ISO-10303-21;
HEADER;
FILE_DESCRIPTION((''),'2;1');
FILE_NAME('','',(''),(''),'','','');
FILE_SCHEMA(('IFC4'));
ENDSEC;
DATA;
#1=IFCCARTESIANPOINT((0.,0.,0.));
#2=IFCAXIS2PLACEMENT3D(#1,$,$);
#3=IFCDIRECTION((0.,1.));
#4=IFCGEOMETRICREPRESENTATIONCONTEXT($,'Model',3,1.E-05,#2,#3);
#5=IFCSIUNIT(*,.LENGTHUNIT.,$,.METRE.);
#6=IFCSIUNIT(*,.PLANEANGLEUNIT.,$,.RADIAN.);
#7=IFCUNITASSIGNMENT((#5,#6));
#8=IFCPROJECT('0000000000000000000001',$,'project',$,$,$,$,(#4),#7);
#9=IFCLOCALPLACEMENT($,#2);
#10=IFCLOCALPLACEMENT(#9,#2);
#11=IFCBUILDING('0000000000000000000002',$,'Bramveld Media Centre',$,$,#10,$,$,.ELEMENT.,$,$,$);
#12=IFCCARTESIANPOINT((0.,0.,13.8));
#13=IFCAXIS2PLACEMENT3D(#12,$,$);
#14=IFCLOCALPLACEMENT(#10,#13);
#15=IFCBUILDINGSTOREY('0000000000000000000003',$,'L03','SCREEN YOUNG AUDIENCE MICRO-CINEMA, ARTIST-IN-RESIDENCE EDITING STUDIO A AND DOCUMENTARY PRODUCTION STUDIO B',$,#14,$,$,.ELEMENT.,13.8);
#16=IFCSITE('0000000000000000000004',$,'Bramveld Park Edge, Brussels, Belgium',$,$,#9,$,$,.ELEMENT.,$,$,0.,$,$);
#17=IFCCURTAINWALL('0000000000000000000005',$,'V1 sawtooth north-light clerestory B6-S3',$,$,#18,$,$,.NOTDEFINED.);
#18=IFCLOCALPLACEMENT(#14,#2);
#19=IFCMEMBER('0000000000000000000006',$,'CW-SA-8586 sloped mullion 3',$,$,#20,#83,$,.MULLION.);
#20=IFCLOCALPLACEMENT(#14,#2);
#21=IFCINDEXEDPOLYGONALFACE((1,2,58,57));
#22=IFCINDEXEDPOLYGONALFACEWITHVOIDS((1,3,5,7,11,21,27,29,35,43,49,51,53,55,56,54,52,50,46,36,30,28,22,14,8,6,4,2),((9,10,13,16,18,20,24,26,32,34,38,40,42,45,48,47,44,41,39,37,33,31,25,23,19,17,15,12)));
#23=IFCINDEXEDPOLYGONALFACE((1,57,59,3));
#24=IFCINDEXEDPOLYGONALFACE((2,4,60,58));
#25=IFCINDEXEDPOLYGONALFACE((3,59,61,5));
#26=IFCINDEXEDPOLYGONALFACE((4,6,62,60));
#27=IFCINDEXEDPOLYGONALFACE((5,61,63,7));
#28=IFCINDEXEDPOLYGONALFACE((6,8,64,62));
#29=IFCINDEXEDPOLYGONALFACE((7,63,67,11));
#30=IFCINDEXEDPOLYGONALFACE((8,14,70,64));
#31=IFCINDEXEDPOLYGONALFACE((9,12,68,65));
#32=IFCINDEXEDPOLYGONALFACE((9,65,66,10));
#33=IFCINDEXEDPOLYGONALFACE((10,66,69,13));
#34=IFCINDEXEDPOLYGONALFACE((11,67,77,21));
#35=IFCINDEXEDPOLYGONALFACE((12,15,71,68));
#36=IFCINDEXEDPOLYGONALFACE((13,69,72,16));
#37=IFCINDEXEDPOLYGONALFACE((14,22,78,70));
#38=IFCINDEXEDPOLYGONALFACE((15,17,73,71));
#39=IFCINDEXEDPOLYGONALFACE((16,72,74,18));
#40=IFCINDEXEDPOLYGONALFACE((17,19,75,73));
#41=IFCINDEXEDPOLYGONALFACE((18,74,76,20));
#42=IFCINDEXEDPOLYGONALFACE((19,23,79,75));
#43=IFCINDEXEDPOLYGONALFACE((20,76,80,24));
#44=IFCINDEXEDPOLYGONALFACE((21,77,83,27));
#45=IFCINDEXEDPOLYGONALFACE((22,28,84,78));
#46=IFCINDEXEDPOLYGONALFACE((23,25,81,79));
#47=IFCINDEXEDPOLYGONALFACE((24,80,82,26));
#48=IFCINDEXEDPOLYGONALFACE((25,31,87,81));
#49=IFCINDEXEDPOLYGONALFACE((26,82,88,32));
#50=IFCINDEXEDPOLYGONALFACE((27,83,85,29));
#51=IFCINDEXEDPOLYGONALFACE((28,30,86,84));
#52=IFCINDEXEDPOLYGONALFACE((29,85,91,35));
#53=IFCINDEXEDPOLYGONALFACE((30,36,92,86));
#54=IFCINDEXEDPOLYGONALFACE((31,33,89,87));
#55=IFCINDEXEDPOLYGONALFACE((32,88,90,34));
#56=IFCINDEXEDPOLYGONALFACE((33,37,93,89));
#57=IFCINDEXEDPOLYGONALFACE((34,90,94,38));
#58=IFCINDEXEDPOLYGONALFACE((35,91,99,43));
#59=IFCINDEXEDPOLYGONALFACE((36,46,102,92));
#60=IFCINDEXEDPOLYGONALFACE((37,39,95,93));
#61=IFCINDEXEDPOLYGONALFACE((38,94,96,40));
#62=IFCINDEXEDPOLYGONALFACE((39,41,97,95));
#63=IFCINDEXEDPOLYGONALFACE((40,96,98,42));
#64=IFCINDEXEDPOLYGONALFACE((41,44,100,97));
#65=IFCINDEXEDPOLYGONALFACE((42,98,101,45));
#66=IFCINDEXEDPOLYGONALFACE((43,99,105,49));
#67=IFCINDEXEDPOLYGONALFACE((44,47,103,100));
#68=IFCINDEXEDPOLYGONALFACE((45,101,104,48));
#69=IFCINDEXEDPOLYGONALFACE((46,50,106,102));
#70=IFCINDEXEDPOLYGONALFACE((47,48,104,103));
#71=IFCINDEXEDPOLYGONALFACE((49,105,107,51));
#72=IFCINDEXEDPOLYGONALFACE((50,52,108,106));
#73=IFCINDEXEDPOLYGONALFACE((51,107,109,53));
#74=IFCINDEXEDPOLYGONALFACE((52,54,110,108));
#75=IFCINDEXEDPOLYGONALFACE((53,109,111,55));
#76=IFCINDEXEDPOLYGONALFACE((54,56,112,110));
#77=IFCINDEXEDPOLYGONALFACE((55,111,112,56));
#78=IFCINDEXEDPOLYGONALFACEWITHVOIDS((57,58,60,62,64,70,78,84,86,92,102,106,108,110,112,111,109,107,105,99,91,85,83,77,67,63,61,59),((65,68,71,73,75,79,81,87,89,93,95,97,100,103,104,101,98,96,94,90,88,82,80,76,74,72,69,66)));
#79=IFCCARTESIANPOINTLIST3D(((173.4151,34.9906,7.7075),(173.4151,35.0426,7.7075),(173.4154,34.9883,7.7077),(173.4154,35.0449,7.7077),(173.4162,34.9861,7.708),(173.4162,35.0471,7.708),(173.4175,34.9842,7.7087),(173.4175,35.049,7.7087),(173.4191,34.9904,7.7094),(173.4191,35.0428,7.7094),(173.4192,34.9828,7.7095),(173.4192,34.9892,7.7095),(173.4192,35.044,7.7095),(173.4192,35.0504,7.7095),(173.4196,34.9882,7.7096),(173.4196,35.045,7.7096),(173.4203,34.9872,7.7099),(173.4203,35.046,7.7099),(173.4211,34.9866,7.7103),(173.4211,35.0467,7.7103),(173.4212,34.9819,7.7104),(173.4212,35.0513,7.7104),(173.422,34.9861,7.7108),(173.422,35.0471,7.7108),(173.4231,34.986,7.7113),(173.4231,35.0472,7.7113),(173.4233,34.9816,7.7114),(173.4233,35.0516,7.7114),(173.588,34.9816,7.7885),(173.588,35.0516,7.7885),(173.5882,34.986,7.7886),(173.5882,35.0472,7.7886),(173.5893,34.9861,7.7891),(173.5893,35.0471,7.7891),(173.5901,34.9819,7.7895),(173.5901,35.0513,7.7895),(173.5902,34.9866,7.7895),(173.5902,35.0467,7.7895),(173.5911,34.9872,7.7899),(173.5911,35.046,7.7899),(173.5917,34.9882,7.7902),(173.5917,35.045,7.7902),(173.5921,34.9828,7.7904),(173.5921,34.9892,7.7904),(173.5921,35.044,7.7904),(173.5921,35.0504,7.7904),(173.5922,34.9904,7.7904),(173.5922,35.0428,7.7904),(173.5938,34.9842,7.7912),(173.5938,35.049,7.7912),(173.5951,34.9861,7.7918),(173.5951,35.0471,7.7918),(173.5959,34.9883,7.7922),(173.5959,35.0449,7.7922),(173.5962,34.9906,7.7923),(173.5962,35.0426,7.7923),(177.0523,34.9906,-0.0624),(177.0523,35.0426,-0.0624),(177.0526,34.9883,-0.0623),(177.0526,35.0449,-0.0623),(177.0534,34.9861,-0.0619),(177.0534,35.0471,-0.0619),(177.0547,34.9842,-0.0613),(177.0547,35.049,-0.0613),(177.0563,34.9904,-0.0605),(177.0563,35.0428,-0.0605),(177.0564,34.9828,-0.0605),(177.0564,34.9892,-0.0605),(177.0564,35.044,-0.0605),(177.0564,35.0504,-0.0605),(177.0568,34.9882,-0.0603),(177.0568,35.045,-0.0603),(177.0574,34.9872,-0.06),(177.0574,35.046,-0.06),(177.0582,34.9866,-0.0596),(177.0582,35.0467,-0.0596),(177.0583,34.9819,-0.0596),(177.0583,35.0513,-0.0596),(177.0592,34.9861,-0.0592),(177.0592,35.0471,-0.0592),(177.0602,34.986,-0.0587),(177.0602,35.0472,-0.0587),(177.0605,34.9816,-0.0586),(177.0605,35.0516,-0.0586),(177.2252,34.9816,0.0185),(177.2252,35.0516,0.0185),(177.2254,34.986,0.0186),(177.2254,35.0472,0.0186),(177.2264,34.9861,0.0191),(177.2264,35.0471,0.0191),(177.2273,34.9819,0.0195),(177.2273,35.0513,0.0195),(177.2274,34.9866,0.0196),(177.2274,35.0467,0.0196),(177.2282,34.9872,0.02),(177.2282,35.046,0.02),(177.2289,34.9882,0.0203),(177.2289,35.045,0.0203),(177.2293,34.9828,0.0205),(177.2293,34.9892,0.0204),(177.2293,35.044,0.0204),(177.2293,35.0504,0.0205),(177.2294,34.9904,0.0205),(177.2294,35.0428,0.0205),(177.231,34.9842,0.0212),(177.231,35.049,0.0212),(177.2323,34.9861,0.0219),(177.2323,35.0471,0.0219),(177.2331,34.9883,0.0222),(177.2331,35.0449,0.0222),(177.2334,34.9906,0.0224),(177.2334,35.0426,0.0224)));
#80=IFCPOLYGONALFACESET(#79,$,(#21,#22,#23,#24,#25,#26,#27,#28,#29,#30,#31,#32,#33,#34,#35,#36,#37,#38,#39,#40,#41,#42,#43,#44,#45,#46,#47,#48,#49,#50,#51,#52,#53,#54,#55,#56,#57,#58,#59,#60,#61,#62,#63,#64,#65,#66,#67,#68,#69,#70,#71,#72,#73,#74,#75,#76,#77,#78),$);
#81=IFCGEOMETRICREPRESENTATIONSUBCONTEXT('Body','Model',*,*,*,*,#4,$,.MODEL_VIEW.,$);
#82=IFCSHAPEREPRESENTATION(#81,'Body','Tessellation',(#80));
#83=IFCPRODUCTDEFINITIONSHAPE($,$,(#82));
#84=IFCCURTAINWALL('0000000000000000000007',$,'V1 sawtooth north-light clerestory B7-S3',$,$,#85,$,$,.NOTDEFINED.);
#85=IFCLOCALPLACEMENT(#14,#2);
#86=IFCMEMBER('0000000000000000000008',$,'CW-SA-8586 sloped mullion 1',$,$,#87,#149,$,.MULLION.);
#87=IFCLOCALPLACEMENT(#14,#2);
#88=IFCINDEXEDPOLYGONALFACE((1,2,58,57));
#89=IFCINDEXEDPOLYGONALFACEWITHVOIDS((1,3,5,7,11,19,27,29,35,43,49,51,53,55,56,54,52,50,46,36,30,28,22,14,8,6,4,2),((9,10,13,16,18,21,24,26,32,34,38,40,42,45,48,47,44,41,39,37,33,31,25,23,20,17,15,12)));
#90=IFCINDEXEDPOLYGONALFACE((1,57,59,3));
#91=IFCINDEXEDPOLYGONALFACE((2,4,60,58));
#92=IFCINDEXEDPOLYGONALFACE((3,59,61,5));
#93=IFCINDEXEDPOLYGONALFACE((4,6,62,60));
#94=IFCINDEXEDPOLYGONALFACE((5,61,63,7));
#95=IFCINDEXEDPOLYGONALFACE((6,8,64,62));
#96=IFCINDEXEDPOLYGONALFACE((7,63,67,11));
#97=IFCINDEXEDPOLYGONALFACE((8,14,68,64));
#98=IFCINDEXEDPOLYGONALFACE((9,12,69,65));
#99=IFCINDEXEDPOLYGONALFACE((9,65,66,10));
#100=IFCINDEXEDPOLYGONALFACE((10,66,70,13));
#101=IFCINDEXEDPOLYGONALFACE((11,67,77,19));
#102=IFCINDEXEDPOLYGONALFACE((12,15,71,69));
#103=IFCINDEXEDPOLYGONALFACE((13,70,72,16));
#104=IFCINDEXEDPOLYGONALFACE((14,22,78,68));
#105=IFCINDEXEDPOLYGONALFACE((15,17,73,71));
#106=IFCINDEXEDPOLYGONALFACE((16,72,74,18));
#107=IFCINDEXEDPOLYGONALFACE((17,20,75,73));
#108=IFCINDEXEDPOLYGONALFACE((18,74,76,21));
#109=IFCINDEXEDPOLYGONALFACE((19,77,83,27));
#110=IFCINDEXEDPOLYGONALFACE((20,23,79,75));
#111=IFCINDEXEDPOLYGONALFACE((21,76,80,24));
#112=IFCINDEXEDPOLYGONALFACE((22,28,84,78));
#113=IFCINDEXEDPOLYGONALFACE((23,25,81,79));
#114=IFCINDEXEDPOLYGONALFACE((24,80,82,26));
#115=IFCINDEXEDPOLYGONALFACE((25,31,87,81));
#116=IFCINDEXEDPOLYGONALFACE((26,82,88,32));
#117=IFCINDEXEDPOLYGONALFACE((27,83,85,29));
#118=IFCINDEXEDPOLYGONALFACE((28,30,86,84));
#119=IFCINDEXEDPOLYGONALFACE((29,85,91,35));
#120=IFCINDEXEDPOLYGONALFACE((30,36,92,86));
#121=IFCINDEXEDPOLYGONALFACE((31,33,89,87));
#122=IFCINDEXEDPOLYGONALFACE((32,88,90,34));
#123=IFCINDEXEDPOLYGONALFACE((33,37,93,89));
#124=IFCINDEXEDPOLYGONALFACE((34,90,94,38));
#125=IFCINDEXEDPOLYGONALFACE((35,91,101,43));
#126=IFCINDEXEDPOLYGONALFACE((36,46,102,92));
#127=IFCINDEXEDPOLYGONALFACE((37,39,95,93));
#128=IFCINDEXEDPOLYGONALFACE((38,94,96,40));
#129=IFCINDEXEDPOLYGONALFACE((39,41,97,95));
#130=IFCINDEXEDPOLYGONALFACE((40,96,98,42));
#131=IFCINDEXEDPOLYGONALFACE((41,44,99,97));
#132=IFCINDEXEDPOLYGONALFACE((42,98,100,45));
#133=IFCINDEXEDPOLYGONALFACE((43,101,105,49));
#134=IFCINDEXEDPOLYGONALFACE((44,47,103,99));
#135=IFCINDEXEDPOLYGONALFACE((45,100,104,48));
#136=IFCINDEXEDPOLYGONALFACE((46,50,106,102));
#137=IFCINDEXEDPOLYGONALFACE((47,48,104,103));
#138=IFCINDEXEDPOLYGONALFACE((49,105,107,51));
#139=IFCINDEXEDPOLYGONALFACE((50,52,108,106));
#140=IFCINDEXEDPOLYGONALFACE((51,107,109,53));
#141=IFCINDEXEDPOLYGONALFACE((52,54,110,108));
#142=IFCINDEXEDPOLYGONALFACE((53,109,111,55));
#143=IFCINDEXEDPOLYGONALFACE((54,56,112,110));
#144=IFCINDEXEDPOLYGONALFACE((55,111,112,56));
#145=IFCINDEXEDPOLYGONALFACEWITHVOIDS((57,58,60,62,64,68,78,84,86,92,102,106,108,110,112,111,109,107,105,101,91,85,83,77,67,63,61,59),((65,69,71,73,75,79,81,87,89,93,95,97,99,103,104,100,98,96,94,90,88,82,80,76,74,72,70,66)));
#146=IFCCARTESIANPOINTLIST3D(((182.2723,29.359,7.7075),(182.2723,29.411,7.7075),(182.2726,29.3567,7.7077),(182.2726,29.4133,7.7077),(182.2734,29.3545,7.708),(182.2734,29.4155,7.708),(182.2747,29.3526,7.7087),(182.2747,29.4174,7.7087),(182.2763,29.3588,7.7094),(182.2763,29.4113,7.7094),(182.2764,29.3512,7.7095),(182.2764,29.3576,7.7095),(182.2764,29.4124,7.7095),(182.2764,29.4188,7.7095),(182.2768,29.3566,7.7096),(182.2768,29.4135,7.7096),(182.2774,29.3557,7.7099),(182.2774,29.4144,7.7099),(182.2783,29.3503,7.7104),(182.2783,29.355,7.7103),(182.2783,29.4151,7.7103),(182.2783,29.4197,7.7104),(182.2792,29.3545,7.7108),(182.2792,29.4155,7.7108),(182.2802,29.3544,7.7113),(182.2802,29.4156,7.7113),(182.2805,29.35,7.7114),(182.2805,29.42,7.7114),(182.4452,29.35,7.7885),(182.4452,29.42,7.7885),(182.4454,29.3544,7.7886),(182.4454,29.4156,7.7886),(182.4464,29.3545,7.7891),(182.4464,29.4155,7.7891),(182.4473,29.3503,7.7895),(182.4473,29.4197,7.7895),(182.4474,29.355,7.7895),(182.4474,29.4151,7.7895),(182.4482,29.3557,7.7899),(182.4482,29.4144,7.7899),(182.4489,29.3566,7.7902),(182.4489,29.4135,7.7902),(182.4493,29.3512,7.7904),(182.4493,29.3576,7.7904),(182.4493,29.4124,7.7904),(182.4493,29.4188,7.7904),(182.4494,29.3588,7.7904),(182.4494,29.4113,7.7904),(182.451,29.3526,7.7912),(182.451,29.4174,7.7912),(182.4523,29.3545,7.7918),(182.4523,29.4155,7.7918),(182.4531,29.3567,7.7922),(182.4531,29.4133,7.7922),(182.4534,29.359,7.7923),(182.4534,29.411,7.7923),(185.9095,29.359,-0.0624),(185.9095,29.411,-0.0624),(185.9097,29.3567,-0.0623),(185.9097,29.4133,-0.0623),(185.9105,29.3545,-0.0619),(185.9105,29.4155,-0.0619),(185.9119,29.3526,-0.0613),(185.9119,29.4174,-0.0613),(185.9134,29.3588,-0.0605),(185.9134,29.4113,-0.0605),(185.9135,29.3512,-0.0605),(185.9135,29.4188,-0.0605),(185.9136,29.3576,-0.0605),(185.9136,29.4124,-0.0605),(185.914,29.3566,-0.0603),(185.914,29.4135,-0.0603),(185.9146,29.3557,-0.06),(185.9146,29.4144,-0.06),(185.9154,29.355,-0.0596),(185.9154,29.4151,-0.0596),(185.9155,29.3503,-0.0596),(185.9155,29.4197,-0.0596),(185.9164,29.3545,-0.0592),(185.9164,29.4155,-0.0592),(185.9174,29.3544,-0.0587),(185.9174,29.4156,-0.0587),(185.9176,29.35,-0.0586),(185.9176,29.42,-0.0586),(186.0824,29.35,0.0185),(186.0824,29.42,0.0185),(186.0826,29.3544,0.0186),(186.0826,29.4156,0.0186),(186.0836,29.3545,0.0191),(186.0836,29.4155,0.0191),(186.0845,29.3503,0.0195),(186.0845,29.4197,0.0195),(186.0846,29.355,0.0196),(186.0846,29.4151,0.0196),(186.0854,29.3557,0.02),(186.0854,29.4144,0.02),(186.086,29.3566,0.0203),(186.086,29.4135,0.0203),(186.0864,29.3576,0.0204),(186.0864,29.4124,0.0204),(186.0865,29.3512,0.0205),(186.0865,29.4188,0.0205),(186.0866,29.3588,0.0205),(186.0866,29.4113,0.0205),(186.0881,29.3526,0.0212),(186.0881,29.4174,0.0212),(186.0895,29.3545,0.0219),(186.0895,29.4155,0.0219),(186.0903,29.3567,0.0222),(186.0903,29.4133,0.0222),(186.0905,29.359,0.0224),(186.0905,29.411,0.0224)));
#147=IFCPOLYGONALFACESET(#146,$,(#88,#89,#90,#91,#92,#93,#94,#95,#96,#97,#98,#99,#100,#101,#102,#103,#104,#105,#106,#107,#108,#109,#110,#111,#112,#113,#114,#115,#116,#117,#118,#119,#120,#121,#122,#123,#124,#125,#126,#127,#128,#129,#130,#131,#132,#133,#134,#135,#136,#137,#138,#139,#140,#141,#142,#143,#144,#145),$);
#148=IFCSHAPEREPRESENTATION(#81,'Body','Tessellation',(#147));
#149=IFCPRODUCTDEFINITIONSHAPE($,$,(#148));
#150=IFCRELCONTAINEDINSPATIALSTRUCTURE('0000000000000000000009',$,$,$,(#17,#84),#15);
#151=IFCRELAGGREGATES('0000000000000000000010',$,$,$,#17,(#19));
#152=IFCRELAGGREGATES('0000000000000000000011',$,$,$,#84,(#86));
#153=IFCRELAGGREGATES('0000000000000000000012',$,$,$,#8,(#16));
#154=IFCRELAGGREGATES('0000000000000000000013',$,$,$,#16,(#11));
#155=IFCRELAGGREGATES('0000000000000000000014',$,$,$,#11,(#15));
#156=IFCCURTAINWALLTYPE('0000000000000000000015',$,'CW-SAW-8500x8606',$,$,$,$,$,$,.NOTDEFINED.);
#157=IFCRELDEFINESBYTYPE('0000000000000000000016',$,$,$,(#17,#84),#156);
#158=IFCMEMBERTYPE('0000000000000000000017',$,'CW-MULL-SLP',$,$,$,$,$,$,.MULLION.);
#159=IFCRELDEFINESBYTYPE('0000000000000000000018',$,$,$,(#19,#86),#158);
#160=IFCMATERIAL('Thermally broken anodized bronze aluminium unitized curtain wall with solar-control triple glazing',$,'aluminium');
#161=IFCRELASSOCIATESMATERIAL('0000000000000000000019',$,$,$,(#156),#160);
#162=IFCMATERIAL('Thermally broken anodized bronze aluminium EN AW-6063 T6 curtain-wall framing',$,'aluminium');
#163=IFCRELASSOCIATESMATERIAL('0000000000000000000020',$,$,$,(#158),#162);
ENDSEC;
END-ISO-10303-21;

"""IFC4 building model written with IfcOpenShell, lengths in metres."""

from ifc_helpers import new_model, si_unit, direction, frame, origin, origin_2d, place, context, subcontext, project, spatial, hollow_rectangle, extrude, material, material_profile, profile_set, type_object, element, aggregate, save


model = new_model("IFC4")

# Units and contexts
model_context = context("Model", 3, precision=1e-05, world=origin(), true_north=direction((0.0, 1.0)))
body_context = subcontext(model_context, "Body", "Model", "MODEL_VIEW")
ifc_project = project(units=[si_unit("LENGTHUNIT", "METRE"), si_unit("PLANEANGLEUNIT", "RADIAN")], contexts=[model_context])

# Site, building, storey
site_placement = place(None, origin())
site = spatial("IfcSite", under=ifc_project, at=site_placement, Name="Bramveld Park Edge, Brussels, Belgium", CompositionType="ELEMENT", RefElevation=0.0)
building_placement = place(site_placement, origin())
building = spatial("IfcBuilding", under=site, at=building_placement, Name="Bramveld Media Centre", CompositionType="ELEMENT")
storey_placement = place(building_placement, frame((0.0, 0.0, 13.8)))
storey = spatial("IfcBuildingStorey", under=building, at=storey_placement, Name="L03", Description="SCREEN YOUNG AUDIENCE MICRO-CINEMA, ARTIST-IN-RESIDENCE EDITING STUDIO A AND DOCUMENTARY PRODUCTION STUDIO B", CompositionType="ELEMENT", Elevation=13.8)

# Curtain walls, members
ifc_material_1 = material(Name="Thermally broken anodized bronze aluminium unitized curtain wall with solar-control triple glazing", Category="aluminium")
curtain_wall_type = type_object("IfcCurtainWallType", Name="CW-SAW-8500x8606", PredefinedType="NOTDEFINED", material=ifc_material_1)
curtain_wall_1_placement = place(storey_placement, origin())
curtain_wall_1 = element("IfcCurtainWall", 1, at=curtain_wall_1_placement, inside=storey, type_object=curtain_wall_type, Name="V1 sawtooth north-light clerestory B6-S3", PredefinedType="NOTDEFINED")
ifc_material_2 = material(Name="Thermally broken anodized bronze aluminium EN AW-6063 T6 curtain-wall framing", Category="aluminium")
ifc_material_profile_1 = material_profile(ifc_material_2, hollow_rectangle(XDim=0.0701, YDim=0.2, WallThickness=0.0044, InnerFilletRadius=0.0044, OuterFilletRadius=0.009, at=origin_2d()), Name="AL-MULL 70x200")
ifc_profile_set_1 = profile_set([ifc_material_profile_1], Name="Thermally broken anodized bronze aluminium EN AW-6063 T6 curtain-wall framing")
member_type_1 = type_object("IfcMemberType", Name="CW-MULL-SLP", PredefinedType="MULLION", material=ifc_profile_set_1)
member_1_placement = place(storey_placement, frame((177.1428, 35.0166, -0.02), z_axis=(-0.423957, 0.0, 0.905682), x_axis=(0.0, -1.0, 0.0)))
member_1 = element("IfcMember", 2, at=member_1_placement, type_object=member_type_1, Name="CW-SA-8586 sloped mullion 3", PredefinedType="MULLION", context=body_context, shape_type="SweptSolid", body=[
    extrude(hollow_rectangle(XDim=0.0701, YDim=0.2, WallThickness=0.0044, InnerFilletRadius=0.0044, OuterFilletRadius=0.009, at=origin_2d()), origin(), (0.0, 0.0, 1.0), 8.5791),
])
aggregate(curtain_wall_1, [member_1])
curtain_wall_2_placement = place(storey_placement, origin())
curtain_wall_2 = element("IfcCurtainWall", 3, at=curtain_wall_2_placement, inside=storey, type_object=curtain_wall_type, Name="V1 sawtooth north-light clerestory B7-S3", PredefinedType="NOTDEFINED")
member_2_placement = place(storey_placement, frame((186.0, 29.385, -0.02), z_axis=(-0.423957, 0.0, 0.905682), x_axis=(0.0, -1.0, 0.0)))
member_2 = element("IfcMember", 4, at=member_2_placement, type_object=member_type_1, Name="CW-SA-8586 sloped mullion 1", PredefinedType="MULLION", context=body_context, shape_type="SweptSolid", body=[
    extrude(hollow_rectangle(XDim=0.0701, YDim=0.2, WallThickness=0.0044, InnerFilletRadius=0.0044, OuterFilletRadius=0.009, at=origin_2d()), origin(), (0.0, 0.0, 1.0), 8.5791),
])

aggregate(curtain_wall_2, [member_2])

save(model, "model.ifc")
